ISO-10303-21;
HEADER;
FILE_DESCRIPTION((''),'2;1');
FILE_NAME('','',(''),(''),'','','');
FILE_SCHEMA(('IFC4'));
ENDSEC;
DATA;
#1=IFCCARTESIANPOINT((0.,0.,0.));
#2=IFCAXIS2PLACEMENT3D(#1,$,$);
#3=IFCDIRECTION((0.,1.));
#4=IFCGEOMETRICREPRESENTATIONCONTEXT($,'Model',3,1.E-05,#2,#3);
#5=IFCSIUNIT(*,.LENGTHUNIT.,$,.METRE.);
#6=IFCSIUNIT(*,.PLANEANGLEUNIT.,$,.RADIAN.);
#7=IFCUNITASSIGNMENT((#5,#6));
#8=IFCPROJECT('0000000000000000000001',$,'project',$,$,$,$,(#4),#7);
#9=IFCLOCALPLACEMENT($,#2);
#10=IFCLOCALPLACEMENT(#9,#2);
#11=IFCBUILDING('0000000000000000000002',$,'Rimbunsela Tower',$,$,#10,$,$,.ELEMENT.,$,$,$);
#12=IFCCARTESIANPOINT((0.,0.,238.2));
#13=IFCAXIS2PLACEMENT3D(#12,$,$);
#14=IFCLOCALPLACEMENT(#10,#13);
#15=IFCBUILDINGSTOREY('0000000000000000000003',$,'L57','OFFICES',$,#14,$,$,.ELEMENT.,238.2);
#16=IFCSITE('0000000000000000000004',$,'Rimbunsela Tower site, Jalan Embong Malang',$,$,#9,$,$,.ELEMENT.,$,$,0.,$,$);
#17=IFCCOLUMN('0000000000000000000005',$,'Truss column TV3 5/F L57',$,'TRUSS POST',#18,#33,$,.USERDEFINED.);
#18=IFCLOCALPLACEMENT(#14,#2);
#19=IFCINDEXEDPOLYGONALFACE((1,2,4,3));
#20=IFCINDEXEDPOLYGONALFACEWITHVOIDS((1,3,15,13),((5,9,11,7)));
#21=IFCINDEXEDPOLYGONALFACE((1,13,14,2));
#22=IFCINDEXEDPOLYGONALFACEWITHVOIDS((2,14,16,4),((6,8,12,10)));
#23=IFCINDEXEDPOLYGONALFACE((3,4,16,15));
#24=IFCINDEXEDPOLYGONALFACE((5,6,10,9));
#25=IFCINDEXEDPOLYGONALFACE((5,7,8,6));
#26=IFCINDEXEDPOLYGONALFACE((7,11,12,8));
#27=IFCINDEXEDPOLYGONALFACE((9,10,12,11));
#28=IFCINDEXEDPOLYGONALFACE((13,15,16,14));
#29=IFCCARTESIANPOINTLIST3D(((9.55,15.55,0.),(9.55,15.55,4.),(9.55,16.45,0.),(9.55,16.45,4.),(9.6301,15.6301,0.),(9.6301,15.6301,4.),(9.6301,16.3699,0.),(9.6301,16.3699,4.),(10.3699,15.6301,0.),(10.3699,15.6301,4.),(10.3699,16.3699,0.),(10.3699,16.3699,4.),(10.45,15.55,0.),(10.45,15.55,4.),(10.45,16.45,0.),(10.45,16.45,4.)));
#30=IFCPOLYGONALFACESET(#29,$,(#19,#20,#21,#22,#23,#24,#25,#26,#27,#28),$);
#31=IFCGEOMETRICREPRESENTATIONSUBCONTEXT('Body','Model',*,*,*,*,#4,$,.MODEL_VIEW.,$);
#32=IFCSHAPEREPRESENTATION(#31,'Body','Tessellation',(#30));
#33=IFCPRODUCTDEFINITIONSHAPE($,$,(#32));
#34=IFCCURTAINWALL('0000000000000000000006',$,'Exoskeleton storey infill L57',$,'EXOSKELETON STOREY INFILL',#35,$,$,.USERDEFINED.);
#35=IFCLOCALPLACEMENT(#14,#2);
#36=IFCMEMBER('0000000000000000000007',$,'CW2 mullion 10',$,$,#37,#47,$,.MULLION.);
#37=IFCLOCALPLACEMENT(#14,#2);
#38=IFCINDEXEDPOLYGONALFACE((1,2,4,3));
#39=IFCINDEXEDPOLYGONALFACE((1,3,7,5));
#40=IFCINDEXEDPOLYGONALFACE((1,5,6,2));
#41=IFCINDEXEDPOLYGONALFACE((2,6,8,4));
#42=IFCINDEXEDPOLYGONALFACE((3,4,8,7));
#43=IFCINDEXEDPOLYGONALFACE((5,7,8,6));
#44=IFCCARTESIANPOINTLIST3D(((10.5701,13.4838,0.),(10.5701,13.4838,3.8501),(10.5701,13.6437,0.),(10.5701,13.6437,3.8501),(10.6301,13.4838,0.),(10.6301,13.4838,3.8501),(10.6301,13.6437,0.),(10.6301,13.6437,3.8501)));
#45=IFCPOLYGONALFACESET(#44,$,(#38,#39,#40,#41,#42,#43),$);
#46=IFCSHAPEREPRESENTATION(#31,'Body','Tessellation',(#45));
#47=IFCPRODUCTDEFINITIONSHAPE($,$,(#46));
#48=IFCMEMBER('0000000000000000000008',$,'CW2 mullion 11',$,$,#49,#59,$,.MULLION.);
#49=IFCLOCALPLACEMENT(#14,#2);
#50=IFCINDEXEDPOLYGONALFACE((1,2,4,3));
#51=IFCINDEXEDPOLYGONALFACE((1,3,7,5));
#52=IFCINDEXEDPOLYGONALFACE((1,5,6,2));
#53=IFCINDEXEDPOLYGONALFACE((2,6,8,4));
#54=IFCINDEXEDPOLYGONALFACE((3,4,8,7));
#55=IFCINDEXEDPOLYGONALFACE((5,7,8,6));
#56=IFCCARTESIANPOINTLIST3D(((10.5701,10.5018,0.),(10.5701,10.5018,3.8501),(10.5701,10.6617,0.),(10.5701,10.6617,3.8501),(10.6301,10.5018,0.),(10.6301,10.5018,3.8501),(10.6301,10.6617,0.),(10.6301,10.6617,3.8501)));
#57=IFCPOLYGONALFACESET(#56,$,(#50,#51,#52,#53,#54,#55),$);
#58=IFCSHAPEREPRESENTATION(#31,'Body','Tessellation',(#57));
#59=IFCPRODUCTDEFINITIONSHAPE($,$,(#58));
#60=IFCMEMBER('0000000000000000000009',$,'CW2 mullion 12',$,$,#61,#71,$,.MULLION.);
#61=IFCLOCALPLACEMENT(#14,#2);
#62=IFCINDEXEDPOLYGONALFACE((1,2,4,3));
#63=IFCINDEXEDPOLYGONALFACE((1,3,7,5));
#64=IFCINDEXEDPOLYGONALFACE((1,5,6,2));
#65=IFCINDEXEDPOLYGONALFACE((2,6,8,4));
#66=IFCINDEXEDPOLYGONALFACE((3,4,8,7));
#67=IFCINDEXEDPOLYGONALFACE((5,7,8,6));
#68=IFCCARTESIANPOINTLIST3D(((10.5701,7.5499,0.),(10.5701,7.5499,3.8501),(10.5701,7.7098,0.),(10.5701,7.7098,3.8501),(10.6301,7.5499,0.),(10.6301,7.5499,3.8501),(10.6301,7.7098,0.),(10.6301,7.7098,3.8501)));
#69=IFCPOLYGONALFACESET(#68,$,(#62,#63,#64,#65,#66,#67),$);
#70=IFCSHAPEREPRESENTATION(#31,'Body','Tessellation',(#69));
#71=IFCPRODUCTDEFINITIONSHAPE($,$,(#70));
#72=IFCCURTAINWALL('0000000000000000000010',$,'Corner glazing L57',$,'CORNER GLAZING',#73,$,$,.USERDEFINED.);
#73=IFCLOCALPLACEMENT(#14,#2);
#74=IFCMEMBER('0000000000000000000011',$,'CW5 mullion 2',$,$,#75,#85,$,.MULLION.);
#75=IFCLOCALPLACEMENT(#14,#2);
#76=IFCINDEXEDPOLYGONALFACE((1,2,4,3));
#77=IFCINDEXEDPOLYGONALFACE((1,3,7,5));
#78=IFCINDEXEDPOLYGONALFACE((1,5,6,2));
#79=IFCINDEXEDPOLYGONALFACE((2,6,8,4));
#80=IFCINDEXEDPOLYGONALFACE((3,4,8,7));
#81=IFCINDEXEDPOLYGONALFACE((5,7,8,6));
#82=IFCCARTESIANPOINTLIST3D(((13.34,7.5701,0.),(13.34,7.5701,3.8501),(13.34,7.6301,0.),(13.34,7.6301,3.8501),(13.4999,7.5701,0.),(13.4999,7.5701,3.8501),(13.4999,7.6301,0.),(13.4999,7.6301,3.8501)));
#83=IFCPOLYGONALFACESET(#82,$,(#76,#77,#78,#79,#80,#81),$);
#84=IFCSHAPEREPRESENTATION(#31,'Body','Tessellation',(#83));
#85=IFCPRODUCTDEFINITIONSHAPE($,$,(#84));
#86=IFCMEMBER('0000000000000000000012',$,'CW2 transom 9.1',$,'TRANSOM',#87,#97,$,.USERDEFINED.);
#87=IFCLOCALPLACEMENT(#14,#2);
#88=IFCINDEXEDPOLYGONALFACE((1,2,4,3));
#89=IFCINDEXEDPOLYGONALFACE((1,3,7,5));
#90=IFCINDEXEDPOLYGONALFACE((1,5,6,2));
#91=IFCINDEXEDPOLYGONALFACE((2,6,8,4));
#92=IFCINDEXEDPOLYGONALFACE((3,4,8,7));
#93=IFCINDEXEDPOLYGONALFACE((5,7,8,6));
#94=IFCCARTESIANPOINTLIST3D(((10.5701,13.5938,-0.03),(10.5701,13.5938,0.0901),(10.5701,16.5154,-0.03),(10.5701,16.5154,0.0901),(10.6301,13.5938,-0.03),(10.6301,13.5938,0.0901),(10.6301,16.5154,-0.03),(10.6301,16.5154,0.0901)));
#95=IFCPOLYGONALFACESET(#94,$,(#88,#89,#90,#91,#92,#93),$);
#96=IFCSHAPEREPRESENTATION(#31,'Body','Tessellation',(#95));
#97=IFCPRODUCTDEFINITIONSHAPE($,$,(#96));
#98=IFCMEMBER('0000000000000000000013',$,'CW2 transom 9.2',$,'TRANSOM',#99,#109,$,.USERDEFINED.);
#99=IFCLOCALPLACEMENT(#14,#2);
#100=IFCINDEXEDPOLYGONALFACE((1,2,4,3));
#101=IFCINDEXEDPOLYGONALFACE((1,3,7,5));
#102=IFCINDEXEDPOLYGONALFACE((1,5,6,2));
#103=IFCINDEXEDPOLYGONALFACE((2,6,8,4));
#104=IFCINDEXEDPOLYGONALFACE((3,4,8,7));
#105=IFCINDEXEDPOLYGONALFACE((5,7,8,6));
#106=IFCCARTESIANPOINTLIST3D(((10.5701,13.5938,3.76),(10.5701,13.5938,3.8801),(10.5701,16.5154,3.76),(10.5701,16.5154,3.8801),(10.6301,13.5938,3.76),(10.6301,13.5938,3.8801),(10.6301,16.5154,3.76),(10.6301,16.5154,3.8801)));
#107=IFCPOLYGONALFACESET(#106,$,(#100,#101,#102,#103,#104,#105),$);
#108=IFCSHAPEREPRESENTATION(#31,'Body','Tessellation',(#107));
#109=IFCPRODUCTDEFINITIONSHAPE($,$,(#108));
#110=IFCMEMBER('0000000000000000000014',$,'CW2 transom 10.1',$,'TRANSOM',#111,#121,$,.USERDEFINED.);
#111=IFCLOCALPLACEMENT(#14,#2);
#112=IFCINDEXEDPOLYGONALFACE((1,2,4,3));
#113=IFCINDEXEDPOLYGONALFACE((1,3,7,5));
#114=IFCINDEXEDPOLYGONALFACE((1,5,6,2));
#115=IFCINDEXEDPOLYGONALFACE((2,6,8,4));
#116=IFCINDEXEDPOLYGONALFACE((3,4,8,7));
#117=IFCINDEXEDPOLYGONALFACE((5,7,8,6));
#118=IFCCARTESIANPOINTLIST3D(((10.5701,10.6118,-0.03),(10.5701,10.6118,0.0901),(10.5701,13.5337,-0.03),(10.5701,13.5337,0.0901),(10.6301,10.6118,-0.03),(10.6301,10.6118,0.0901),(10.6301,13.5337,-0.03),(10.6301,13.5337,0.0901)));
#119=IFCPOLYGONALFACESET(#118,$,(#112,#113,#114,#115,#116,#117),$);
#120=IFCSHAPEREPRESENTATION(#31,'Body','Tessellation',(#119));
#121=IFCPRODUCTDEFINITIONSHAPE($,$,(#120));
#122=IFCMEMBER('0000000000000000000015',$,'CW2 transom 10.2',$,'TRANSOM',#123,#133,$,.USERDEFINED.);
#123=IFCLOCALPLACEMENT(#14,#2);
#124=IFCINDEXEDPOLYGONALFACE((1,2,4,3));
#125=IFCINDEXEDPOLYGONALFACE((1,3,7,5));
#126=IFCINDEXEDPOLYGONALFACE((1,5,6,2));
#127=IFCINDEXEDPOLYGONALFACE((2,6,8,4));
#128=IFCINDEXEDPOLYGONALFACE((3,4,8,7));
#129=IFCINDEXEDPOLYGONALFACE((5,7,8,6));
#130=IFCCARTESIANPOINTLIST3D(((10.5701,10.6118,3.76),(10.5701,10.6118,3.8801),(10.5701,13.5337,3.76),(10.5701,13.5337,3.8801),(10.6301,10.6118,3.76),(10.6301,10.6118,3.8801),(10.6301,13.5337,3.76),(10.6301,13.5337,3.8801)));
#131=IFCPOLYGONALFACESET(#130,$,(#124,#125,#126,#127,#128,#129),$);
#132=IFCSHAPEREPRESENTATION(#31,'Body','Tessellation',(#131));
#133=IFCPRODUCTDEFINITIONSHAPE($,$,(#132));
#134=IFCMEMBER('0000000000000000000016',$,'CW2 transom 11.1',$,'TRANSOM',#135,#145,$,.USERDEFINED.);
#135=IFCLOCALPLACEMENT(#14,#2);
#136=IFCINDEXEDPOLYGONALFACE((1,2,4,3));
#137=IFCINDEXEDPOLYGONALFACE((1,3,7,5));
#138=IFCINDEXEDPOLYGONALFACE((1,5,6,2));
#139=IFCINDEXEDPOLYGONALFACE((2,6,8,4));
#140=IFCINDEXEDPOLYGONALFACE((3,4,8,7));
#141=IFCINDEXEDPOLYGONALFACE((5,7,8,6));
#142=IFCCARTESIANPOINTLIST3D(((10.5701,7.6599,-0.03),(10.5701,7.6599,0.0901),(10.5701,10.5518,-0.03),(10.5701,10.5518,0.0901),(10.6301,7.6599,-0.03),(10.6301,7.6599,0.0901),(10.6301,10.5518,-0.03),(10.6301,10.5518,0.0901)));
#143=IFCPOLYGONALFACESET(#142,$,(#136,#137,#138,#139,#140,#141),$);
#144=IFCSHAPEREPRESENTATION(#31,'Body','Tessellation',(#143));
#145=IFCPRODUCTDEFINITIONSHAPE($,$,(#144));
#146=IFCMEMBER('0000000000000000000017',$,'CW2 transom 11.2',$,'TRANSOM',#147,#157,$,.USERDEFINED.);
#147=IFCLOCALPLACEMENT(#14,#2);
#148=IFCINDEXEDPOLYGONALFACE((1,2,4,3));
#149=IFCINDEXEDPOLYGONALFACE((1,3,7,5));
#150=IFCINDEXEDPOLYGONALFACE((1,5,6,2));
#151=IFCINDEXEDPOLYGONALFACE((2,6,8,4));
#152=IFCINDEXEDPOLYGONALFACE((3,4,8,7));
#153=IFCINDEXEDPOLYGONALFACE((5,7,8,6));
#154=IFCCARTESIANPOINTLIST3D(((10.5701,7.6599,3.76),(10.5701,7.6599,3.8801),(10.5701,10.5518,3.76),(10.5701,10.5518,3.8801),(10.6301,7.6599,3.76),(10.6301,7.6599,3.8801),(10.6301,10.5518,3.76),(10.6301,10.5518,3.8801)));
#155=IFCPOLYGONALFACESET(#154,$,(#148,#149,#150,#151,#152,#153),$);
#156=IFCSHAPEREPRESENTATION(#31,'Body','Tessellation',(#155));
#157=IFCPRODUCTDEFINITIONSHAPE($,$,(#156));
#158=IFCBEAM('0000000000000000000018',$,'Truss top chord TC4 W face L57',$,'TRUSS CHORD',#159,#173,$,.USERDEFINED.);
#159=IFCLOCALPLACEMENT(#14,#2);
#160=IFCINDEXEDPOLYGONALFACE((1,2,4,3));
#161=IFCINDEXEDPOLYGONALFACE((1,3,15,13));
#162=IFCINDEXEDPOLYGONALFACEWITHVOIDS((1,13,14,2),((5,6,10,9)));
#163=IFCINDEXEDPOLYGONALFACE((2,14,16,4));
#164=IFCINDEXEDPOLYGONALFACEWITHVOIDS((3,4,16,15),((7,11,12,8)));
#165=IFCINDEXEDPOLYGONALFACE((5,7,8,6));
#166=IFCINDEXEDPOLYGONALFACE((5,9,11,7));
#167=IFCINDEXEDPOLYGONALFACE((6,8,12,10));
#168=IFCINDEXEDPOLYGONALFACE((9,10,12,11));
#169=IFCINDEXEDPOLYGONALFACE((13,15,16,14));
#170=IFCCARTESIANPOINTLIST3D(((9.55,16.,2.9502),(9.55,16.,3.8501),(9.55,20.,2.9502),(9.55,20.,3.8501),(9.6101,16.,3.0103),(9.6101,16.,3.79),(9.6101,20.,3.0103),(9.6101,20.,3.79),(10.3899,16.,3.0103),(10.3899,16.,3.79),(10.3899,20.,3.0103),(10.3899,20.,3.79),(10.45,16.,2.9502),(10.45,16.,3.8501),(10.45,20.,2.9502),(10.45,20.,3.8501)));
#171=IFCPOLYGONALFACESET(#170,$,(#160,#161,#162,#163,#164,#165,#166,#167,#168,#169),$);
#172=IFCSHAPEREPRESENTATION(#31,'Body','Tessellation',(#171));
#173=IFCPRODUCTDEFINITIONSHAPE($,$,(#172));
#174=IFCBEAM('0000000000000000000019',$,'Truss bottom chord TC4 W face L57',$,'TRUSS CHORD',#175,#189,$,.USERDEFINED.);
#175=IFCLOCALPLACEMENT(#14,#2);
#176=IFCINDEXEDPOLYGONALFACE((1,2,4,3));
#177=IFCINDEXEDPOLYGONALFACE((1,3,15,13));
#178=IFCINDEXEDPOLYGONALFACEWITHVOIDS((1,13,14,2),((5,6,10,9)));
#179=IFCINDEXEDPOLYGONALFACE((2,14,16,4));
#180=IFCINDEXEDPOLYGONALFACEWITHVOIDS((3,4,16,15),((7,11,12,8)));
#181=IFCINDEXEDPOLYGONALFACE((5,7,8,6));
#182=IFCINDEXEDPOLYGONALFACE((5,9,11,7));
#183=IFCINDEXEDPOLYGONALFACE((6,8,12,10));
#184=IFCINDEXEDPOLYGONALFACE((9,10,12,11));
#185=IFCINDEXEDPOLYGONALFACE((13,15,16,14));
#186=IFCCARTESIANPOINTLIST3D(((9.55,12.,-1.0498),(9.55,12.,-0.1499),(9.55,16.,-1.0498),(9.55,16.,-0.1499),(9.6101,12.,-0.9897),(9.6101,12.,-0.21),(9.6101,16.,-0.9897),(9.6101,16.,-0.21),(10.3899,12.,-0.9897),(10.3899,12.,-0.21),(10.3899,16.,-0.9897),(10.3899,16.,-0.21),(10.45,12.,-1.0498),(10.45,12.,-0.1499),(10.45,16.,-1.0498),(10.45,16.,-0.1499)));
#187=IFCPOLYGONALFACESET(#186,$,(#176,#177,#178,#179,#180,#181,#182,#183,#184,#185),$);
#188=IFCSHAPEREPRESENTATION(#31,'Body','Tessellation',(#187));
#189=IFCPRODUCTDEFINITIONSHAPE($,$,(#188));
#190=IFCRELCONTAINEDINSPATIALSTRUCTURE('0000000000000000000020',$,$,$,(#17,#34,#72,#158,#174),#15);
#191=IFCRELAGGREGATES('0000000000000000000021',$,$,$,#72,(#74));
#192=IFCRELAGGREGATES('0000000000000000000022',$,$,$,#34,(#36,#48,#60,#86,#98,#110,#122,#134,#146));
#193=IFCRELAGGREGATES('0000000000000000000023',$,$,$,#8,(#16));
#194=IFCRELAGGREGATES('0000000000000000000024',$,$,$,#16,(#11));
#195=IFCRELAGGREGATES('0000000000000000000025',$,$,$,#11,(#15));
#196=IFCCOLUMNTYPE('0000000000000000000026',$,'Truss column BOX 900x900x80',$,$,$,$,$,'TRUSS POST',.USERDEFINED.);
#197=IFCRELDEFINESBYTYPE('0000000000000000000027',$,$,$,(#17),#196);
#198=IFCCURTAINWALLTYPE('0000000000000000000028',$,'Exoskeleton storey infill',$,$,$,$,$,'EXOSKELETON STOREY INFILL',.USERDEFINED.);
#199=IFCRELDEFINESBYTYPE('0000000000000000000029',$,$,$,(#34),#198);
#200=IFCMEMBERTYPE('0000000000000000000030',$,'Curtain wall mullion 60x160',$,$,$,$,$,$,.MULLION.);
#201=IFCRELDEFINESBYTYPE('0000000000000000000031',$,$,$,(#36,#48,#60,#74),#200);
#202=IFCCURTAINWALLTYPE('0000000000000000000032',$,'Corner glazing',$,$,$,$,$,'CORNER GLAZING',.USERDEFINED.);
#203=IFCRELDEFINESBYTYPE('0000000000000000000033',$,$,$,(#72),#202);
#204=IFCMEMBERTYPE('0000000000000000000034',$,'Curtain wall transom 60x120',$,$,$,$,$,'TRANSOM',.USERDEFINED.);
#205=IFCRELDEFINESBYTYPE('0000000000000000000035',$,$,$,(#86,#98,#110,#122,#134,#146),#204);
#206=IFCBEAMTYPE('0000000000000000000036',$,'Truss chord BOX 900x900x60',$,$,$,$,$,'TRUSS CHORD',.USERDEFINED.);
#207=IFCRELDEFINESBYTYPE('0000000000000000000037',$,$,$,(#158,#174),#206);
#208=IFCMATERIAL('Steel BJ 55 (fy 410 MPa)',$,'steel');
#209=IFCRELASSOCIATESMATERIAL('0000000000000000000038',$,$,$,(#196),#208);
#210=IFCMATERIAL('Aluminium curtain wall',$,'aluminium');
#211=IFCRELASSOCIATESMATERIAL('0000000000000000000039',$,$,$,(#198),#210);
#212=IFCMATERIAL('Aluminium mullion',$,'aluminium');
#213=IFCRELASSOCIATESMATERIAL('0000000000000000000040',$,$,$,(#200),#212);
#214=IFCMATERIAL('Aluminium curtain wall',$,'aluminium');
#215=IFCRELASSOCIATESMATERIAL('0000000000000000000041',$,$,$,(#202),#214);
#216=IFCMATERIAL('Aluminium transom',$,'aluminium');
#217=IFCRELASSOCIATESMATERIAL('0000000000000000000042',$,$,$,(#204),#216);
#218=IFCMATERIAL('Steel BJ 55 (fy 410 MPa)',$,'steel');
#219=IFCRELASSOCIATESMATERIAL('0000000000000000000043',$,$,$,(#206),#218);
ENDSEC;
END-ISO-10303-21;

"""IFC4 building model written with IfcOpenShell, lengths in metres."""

from ifc_helpers import new_model, si_unit, direction, frame, origin, origin_2d, place, context, subcontext, project, spatial, rectangle, hollow_rectangle, extrude, material, material_profile, profile_set, type_object, element, aggregate, save


model = new_model("IFC4")

# Units and contexts
model_context = context("Model", 3, precision=1e-05, world=origin(), true_north=direction((0.0, 1.0)))
body_context = subcontext(model_context, "Body", "Model", "MODEL_VIEW")
ifc_project = project(units=[si_unit("LENGTHUNIT", "METRE"), si_unit("PLANEANGLEUNIT", "RADIAN")], contexts=[model_context])

# Site, building, storey
site_placement = place(None, origin())
site = spatial("IfcSite", under=ifc_project, at=site_placement, Name="Rimbunsela Tower site, Jalan Embong Malang", CompositionType="ELEMENT", RefElevation=0.0)
building_placement = place(site_placement, origin())
building = spatial("IfcBuilding", under=site, at=building_placement, Name="Rimbunsela Tower", CompositionType="ELEMENT")
storey_placement = place(building_placement, frame((0.0, 0.0, 238.2)))
storey = spatial("IfcBuildingStorey", under=building, at=storey_placement, Name="L57", Description="OFFICES", CompositionType="ELEMENT", Elevation=238.2)

# Column
ifc_material_1 = material(Name="Steel BJ 55 (fy 410 MPa)", Category="steel")
ifc_material_profile_1 = material_profile(ifc_material_1, hollow_rectangle(XDim=0.8999, YDim=0.8999, WallThickness=0.0801, at=origin_2d()), Name="BOX 900x900x80")
ifc_profile_set_1 = profile_set([ifc_material_profile_1], Name="Steel BJ 55 (fy 410 MPa)")
column_type = type_object("IfcColumnType", Name="Truss column BOX 900x900x80", ElementType="TRUSS POST", PredefinedType="USERDEFINED", material=ifc_profile_set_1)
column_placement = place(storey_placement, frame((10.0, 16.0, 0.0), z_axis=(0.0, 0.0, 1.0), x_axis=(1.0, 0.0, 0.0)))
element("IfcColumn", 1, at=column_placement, inside=storey, type_object=column_type, Name="Truss column TV3 5/F L57", ObjectType="TRUSS POST", PredefinedType="USERDEFINED", context=body_context, shape_type="SweptSolid", body=[
    extrude(hollow_rectangle(XDim=0.8999, YDim=0.8999, WallThickness=0.0801, at=origin_2d()), origin(), (0.0, 0.0, 1.0), 4.0),
])

# Curtain wall, members
ifc_material_2 = material(Name="Aluminium curtain wall", Category="aluminium")
curtain_wall_type_1 = type_object("IfcCurtainWallType", Name="Exoskeleton storey infill", ElementType="EXOSKELETON STOREY INFILL", PredefinedType="USERDEFINED", material=ifc_material_2)
curtain_wall_1_placement = place(storey_placement, origin())
curtain_wall_1 = element("IfcCurtainWall", 2, at=curtain_wall_1_placement, inside=storey, type_object=curtain_wall_type_1, Name="Exoskeleton storey infill L57", ObjectType="EXOSKELETON STOREY INFILL", PredefinedType="USERDEFINED")
ifc_material_3 = material(Name="Aluminium mullion", Category="aluminium")
ifc_material_profile_2 = material_profile(ifc_material_3, rectangle(XDim=0.0601, YDim=0.1599, at=origin_2d()), Name="Mullion 60x160")
ifc_profile_set_2 = profile_set([ifc_material_profile_2], Name="Aluminium mullion")
member_type_1 = type_object("IfcMemberType", Name="Curtain wall mullion 60x160", PredefinedType="MULLION", material=ifc_profile_set_2)
member_1_placement = place(storey_placement, frame((10.6001, 13.5637, 0.0), z_axis=(0.0, 0.0, 1.0), x_axis=(1.0, 0.0, 0.0)))
member_1 = element("IfcMember", 3, at=member_1_placement, type_object=member_type_1, Name="CW2 mullion 10", PredefinedType="MULLION", context=body_context, shape_type="SweptSolid", body=[
    extrude(rectangle(XDim=0.0601, YDim=0.1599, at=origin_2d()), origin(), (0.0, 0.0, 1.0), 3.8501),
])
member_2_placement = place(storey_placement, frame((10.6001, 10.5818, 0.0), z_axis=(0.0, 0.0, 1.0), x_axis=(1.0, 0.0, 0.0)))
member_2 = element("IfcMember", 4, at=member_2_placement, type_object=member_type_1, Name="CW2 mullion 11", PredefinedType="MULLION", context=body_context, shape_type="SweptSolid", body=[
    extrude(rectangle(XDim=0.0601, YDim=0.1599, at=origin_2d()), origin(), (0.0, 0.0, 1.0), 3.8501),
])
member_3_placement = place(storey_placement, frame((10.6001, 7.6299, 0.0), z_axis=(0.0, 0.0, 1.0), x_axis=(1.0, 0.0, 0.0)))
member_3 = element("IfcMember", 5, at=member_3_placement, type_object=member_type_1, Name="CW2 mullion 12", PredefinedType="MULLION", context=body_context, shape_type="SweptSolid", body=[
    extrude(rectangle(XDim=0.0601, YDim=0.1599, at=origin_2d()), origin(), (0.0, 0.0, 1.0), 3.8501),
])

# Curtain wall, member
ifc_material_4 = material(Name="Aluminium curtain wall", Category="aluminium")
curtain_wall_type_2 = type_object("IfcCurtainWallType", Name="Corner glazing", ElementType="CORNER GLAZING", PredefinedType="USERDEFINED", material=ifc_material_4)
curtain_wall_2_placement = place(storey_placement, origin())
curtain_wall_2 = element("IfcCurtainWall", 6, at=curtain_wall_2_placement, inside=storey, type_object=curtain_wall_type_2, Name="Corner glazing L57", ObjectType="CORNER GLAZING", PredefinedType="USERDEFINED")
member_4_placement = place(storey_placement, frame((13.4199, 7.6001, 0.0), z_axis=(0.0, 0.0, 1.0), x_axis=(0.0, 1.0, 0.0)))
member_4 = element("IfcMember", 7, at=member_4_placement, type_object=member_type_1, Name="CW5 mullion 2", PredefinedType="MULLION", context=body_context, shape_type="SweptSolid", body=[
    extrude(rectangle(XDim=0.0601, YDim=0.1599, at=origin_2d()), origin(), (0.0, 0.0, 1.0), 3.8501),
])
aggregate(curtain_wall_2, [member_4])

# Members
ifc_material_5 = material(Name="Aluminium transom", Category="aluminium")
ifc_material_profile_3 = material_profile(ifc_material_5, rectangle(XDim=0.0601, YDim=0.1201, at=origin_2d()), Name="Transom 60x120")
ifc_profile_set_3 = profile_set([ifc_material_profile_3], Name="Aluminium transom")
member_type_2 = type_object("IfcMemberType", Name="Curtain wall transom 60x120", ElementType="TRANSOM", PredefinedType="USERDEFINED", material=ifc_profile_set_3)
member_5_placement = place(storey_placement, frame((10.6001, 16.5154, 0.03), z_axis=(0.0, -1.0, 0.0), x_axis=(1.0, 0.0, 0.0)))
member_5 = element("IfcMember", 8, at=member_5_placement, type_object=member_type_2, Name="CW2 transom 9.1", ObjectType="TRANSOM", PredefinedType="USERDEFINED", context=body_context, shape_type="SweptSolid", body=[
    extrude(rectangle(XDim=0.0601, YDim=0.1201, at=origin_2d()), origin(), (0.0, 0.0, 1.0), 2.9216),
])
member_6_placement = place(storey_placement, frame((10.6001, 16.5154, 3.8201), z_axis=(0.0, -1.0, 0.0), x_axis=(1.0, 0.0, 0.0)))
member_6 = element("IfcMember", 9, at=member_6_placement, type_object=member_type_2, Name="CW2 transom 9.2", ObjectType="TRANSOM", PredefinedType="USERDEFINED", context=body_context, shape_type="SweptSolid", body=[
    extrude(rectangle(XDim=0.0601, YDim=0.1201, at=origin_2d()), origin(), (0.0, 0.0, 1.0), 2.9216),
])
member_7_placement = place(storey_placement, frame((10.6001, 13.5337, 0.03), z_axis=(0.0, -1.0, 0.0), x_axis=(1.0, 0.0, 0.0)))
member_7 = element("IfcMember", 10, at=member_7_placement, type_object=member_type_2, Name="CW2 transom 10.1", ObjectType="TRANSOM", PredefinedType="USERDEFINED", context=body_context, shape_type="SweptSolid", body=[
    extrude(rectangle(XDim=0.0601, YDim=0.1201, at=origin_2d()), origin(), (0.0, 0.0, 1.0), 2.9219),
])
member_8_placement = place(storey_placement, frame((10.6001, 13.5337, 3.8201), z_axis=(0.0, -1.0, 0.0), x_axis=(1.0, 0.0, 0.0)))
member_8 = element("IfcMember", 11, at=member_8_placement, type_object=member_type_2, Name="CW2 transom 10.2", ObjectType="TRANSOM", PredefinedType="USERDEFINED", context=body_context, shape_type="SweptSolid", body=[
    extrude(rectangle(XDim=0.0601, YDim=0.1201, at=origin_2d()), origin(), (0.0, 0.0, 1.0), 2.9219),
])
member_9_placement = place(storey_placement, frame((10.6001, 10.5518, 0.03), z_axis=(0.0, -1.0, 0.0), x_axis=(1.0, 0.0, 0.0)))
member_9 = element("IfcMember", 12, at=member_9_placement, type_object=member_type_2, Name="CW2 transom 11.1", ObjectType="TRANSOM", PredefinedType="USERDEFINED", context=body_context, shape_type="SweptSolid", body=[
    extrude(rectangle(XDim=0.0601, YDim=0.1201, at=origin_2d()), origin(), (0.0, 0.0, 1.0), 2.8918),
])
member_10_placement = place(storey_placement, frame((10.6001, 10.5518, 3.8201), z_axis=(0.0, -1.0, 0.0), x_axis=(1.0, 0.0, 0.0)))
member_10 = element("IfcMember", 13, at=member_10_placement, type_object=member_type_2, Name="CW2 transom 11.2", ObjectType="TRANSOM", PredefinedType="USERDEFINED", context=body_context, shape_type="SweptSolid", body=[
    extrude(rectangle(XDim=0.0601, YDim=0.1201, at=origin_2d()), origin(), (0.0, 0.0, 1.0), 2.8918),
])

# Beams
ifc_material_6 = material(Name="Steel BJ 55 (fy 410 MPa)", Category="steel")
ifc_material_profile_4 = material_profile(ifc_material_6, hollow_rectangle(XDim=0.8999, YDim=0.8999, WallThickness=0.0601, at=origin_2d()), Name="BOX 900x900x60")
ifc_profile_set_4 = profile_set([ifc_material_profile_4], Name="Steel BJ 55 (fy 410 MPa)")
beam_type = type_object("IfcBeamType", Name="Truss chord BOX 900x900x60", ElementType="TRUSS CHORD", PredefinedType="USERDEFINED", material=ifc_profile_set_4)
for number, where, z_axis, x_axis, name in (
    (14, (10.0, 16.0, 3.4001), (0.0, 1.0, 0.0), (-1.0, 0.0, 0.0), "Truss top chord TC4 W face L57"),
    (15, (10.0, 12.0, -0.5999), (0.0, 1.0, 0.0), (-1.0, 0.0, 0.0), "Truss bottom chord TC4 W face L57"),
):
    element("IfcBeam", number, at=place(storey_placement, frame(where, z_axis=z_axis, x_axis=x_axis)), inside=storey, type_object=beam_type, Name=name, ObjectType="TRUSS CHORD", PredefinedType="USERDEFINED", context=body_context, shape_type="SweptSolid", body=[
        extrude(hollow_rectangle(XDim=0.8999, YDim=0.8999, WallThickness=0.0601, at=origin_2d()), origin(), (0.0, 0.0, 1.0), 4.0),
    ])

aggregate(curtain_wall_1, [member_1, member_2, member_3, member_5, member_6, member_7, member_8, member_9, member_10])

save(model, "model.ifc")
